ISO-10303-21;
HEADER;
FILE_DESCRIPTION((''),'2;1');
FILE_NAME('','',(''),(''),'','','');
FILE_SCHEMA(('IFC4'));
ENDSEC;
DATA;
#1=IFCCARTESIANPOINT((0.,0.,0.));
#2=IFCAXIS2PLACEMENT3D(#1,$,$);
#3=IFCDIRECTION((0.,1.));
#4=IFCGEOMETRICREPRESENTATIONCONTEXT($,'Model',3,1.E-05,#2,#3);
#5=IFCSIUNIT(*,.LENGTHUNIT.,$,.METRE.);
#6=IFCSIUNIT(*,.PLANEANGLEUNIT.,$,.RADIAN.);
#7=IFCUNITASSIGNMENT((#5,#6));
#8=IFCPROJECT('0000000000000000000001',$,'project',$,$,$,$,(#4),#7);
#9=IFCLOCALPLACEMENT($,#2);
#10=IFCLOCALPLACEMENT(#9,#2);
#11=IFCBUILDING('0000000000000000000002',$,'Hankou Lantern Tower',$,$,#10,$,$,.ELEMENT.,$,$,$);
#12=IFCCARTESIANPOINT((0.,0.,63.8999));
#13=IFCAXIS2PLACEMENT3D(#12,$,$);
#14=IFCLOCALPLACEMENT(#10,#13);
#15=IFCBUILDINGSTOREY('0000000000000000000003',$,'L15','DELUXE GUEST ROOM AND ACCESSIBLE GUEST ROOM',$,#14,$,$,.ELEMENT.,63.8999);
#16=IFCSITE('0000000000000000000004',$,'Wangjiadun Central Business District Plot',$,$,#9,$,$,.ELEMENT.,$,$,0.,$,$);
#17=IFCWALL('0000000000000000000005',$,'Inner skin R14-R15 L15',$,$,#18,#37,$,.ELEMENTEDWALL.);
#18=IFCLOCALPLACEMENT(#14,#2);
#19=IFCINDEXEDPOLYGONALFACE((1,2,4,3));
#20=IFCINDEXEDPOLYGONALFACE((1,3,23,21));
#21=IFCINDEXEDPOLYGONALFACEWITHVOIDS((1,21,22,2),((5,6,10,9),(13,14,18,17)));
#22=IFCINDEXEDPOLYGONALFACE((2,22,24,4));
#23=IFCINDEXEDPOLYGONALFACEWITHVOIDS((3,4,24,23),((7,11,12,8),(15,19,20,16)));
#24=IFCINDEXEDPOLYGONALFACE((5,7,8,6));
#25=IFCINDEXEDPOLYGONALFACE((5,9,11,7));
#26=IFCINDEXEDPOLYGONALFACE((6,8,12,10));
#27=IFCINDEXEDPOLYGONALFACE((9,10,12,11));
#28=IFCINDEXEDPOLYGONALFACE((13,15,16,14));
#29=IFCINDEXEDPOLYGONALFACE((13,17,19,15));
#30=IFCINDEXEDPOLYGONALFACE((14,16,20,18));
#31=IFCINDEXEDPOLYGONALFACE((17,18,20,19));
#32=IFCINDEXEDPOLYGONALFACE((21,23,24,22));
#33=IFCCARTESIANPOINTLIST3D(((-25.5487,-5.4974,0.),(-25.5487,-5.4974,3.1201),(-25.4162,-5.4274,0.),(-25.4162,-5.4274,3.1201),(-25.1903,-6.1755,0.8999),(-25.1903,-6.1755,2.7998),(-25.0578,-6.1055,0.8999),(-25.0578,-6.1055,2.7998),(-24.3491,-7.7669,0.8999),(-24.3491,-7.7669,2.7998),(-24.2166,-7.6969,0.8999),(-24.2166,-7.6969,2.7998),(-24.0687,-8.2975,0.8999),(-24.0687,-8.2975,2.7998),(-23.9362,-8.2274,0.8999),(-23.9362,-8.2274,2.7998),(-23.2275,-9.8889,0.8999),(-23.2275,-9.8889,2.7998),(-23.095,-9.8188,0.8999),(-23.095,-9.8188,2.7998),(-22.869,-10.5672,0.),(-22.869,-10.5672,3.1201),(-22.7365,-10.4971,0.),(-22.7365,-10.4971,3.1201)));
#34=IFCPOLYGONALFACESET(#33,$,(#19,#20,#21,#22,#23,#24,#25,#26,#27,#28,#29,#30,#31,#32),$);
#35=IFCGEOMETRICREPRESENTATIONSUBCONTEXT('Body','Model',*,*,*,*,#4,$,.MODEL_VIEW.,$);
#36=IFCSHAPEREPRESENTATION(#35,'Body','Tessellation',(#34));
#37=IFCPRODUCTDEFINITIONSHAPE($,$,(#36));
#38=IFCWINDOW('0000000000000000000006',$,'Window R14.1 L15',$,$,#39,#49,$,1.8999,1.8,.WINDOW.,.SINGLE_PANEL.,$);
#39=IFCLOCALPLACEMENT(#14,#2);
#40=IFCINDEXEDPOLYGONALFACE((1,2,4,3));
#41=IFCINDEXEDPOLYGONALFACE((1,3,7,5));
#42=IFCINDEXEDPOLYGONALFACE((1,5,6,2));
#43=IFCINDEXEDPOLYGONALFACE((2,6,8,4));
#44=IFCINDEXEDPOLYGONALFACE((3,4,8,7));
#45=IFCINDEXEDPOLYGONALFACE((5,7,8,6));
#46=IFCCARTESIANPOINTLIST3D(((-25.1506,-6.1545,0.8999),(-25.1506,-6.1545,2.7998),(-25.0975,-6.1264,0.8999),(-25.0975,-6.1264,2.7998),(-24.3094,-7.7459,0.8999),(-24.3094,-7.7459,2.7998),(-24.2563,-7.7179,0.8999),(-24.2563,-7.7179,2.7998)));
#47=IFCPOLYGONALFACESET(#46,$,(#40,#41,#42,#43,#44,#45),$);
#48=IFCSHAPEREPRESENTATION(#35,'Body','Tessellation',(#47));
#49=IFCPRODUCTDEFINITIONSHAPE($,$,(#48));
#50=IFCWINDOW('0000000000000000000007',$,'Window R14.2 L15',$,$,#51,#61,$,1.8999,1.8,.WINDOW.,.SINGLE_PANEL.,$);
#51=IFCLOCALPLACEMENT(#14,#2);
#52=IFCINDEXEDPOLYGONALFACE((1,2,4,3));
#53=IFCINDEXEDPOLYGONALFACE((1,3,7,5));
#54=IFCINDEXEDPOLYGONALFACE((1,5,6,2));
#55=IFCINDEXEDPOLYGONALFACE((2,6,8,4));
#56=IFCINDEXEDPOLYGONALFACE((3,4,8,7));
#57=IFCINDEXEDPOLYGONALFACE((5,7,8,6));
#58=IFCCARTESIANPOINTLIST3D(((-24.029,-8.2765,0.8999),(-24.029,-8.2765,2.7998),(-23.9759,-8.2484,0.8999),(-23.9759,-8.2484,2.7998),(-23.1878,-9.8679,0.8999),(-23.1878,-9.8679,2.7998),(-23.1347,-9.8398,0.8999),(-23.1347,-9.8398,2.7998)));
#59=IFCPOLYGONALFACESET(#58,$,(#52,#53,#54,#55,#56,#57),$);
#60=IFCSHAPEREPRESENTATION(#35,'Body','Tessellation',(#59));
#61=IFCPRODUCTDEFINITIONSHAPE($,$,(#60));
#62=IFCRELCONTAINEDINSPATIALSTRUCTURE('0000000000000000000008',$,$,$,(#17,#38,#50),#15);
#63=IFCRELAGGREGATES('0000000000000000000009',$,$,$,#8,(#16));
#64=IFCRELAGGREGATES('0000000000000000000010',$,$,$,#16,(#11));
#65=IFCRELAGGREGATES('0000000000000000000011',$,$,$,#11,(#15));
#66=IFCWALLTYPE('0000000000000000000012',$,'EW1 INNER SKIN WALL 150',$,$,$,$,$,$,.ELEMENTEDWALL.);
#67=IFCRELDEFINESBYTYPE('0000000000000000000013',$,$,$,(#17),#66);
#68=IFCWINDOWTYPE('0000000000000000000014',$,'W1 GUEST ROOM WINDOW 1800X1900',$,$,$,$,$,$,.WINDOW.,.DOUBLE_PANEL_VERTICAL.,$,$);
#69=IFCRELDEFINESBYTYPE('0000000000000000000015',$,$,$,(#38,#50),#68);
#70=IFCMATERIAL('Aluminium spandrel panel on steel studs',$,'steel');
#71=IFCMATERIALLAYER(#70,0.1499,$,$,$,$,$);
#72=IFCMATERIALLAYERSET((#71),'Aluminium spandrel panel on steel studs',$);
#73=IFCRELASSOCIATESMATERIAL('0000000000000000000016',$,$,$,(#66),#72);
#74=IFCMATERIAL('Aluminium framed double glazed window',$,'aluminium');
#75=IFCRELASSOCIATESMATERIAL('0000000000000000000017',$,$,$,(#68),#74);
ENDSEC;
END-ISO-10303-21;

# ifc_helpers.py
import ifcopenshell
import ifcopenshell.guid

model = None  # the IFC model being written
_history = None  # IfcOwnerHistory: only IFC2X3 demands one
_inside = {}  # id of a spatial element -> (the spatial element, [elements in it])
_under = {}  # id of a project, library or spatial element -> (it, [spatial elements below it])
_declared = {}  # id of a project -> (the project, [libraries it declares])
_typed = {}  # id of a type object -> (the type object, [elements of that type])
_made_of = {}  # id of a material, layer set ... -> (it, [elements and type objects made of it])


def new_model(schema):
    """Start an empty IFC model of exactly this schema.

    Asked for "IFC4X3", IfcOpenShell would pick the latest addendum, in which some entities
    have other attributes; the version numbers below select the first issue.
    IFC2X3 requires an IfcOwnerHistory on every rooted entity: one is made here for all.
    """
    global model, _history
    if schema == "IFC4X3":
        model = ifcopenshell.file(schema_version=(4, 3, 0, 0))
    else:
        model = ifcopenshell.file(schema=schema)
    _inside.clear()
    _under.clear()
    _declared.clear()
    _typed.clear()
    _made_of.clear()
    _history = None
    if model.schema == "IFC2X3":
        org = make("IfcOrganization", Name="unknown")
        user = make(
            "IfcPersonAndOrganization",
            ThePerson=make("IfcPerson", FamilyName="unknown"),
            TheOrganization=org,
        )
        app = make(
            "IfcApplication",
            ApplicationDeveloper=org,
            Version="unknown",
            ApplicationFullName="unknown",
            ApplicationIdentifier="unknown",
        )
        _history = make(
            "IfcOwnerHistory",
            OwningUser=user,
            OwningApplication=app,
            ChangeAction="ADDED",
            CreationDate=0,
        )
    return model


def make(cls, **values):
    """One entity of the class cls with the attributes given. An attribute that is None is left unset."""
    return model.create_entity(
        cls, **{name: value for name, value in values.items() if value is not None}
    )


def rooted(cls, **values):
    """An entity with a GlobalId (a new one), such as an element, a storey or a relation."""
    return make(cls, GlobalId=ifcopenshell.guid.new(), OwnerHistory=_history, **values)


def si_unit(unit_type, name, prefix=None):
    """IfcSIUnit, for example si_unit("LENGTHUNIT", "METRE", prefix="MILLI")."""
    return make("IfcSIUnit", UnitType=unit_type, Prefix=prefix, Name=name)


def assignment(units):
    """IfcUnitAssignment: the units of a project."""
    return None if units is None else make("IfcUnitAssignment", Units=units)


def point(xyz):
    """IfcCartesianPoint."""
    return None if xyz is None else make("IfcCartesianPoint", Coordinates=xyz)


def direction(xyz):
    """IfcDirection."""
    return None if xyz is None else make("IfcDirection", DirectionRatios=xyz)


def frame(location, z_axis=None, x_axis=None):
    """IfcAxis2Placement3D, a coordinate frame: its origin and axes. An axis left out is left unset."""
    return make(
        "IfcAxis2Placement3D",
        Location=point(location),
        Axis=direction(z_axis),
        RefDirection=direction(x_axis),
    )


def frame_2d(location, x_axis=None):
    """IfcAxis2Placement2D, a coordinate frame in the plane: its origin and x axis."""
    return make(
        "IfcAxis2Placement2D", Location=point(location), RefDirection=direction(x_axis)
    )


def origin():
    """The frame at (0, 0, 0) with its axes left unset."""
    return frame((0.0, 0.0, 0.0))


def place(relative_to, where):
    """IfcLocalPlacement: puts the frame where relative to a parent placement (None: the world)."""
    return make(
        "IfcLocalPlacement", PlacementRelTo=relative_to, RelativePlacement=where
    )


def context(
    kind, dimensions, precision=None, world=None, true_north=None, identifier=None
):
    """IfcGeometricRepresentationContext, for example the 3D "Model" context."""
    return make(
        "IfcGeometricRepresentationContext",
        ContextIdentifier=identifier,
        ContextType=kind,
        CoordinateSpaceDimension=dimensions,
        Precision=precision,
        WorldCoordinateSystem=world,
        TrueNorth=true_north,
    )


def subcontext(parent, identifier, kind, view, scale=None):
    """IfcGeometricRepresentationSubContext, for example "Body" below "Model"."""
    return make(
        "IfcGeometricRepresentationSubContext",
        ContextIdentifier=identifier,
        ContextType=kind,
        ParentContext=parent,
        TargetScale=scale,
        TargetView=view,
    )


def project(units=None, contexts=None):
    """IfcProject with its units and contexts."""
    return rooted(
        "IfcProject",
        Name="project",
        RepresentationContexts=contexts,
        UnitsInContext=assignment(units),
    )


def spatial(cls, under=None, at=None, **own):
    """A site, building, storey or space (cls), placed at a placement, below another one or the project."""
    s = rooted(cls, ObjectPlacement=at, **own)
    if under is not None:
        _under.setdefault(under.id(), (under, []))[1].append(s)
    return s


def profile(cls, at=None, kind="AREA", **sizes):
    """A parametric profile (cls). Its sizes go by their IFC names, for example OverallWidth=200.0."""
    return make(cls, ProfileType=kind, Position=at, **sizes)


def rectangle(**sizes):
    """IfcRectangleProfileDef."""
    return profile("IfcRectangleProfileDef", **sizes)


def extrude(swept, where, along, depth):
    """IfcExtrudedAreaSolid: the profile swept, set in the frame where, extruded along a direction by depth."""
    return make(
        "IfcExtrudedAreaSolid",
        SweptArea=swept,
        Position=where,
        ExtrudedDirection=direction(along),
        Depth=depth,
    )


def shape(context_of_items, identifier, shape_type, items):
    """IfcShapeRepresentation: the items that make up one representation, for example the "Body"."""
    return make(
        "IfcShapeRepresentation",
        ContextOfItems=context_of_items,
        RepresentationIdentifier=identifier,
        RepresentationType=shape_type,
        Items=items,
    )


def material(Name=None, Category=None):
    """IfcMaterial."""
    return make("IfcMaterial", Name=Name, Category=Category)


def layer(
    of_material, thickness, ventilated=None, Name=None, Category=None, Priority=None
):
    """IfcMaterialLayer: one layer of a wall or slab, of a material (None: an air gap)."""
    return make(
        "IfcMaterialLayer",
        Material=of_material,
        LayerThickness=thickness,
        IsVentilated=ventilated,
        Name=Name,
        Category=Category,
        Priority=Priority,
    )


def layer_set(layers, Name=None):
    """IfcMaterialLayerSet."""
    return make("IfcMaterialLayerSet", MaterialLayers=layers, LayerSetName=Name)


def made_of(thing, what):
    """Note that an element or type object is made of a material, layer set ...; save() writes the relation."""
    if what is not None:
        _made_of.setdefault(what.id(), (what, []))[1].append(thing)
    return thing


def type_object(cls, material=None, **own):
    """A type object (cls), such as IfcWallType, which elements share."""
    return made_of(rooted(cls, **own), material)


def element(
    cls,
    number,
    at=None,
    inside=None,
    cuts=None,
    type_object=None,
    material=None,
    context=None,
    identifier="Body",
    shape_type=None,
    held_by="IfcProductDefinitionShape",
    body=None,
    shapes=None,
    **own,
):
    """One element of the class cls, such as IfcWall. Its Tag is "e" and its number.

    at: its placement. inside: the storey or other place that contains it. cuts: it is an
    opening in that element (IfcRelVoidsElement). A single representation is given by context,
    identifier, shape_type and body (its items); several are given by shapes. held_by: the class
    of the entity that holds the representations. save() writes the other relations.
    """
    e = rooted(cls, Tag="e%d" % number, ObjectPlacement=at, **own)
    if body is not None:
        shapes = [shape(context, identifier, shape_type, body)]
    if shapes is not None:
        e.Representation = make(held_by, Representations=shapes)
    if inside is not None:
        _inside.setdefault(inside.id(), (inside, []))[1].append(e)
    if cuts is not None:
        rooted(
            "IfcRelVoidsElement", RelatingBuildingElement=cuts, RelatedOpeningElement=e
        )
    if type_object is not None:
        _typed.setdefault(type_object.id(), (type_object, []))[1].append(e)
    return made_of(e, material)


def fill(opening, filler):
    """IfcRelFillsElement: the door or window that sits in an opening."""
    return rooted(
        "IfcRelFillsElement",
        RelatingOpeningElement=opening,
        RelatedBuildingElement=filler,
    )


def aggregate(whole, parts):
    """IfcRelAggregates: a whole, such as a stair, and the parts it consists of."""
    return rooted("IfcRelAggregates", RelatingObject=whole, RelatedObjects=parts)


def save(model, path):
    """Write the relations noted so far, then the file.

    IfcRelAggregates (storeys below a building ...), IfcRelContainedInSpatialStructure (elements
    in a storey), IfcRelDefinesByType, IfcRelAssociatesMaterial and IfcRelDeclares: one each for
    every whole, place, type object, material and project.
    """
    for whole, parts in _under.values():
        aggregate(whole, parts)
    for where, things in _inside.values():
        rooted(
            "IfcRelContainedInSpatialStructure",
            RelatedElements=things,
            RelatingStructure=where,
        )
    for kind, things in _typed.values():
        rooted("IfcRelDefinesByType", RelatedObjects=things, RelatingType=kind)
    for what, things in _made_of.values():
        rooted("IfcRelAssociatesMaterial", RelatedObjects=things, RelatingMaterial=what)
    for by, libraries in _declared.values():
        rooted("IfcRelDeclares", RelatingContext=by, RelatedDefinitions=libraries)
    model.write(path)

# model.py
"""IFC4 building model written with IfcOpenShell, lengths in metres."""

from ifc_helpers import new_model, si_unit, direction, frame, frame_2d, origin, place, context, subcontext, project, spatial, rectangle, extrude, material, layer, layer_set, type_object, element, fill, save


model = new_model("IFC4")

# Units and contexts
model_context = context("Model", 3, precision=1e-05, world=origin(), true_north=direction((0.0, 1.0)))
body_context = subcontext(model_context, "Body", "Model", "MODEL_VIEW")
ifc_project = project(units=[si_unit("LENGTHUNIT", "METRE"), si_unit("PLANEANGLEUNIT", "RADIAN")], contexts=[model_context])

# Site, building, storey
site_placement = place(None, origin())
site = spatial("IfcSite", under=ifc_project, at=site_placement, Name="Wangjiadun Central Business District Plot", CompositionType="ELEMENT", RefElevation=0.0)
building_placement = place(site_placement, origin())
building = spatial("IfcBuilding", under=site, at=building_placement, Name="Hankou Lantern Tower", CompositionType="ELEMENT")
storey_placement = place(building_placement, frame((0.0, 0.0, 63.8999)))
storey = spatial("IfcBuildingStorey", under=building, at=storey_placement, Name="L15", Description="DELUXE GUEST ROOM AND ACCESSIBLE GUEST ROOM", CompositionType="ELEMENT", Elevation=63.8999)

# Wall, openings, windows
ifc_material_1 = material(Name="Aluminium spandrel panel on steel studs", Category="steel")
ifc_layer_1 = layer(ifc_material_1, 0.1499)
ifc_layer_set_1 = layer_set([ifc_layer_1], Name="Aluminium spandrel panel on steel studs")
wall_type = type_object("IfcWallType", Name="EW1 INNER SKIN WALL 150", PredefinedType="ELEMENTEDWALL", material=ifc_layer_set_1)
ifc_material_2 = material(Name="Aluminium framed double glazed window", Category="aluminium")
window_type = type_object("IfcWindowType", Name="W1 GUEST ROOM WINDOW 1800X1900", PartitioningType="DOUBLE_PANEL_VERTICAL", PredefinedType="WINDOW", material=ifc_material_2)
wall_1_placement = place(storey_placement, frame((-25.4824, -5.4624, 0.0), z_axis=(0.0, 0.0, 1.0), x_axis=(0.467297, -0.8841, 0.0)))
wall_1 = element("IfcWall", 1, at=wall_1_placement, inside=storey, type_object=wall_type, Name="Inner skin R14-R15 L15", PredefinedType="ELEMENTEDWALL", context=body_context, shape_type="SweptSolid", body=[
    extrude(rectangle(XDim=5.7344, YDim=0.1499, at=frame_2d((2.8672, 0.0))), origin(), (0.0, 0.0, 1.0), 3.1201),
])
opening_1_placement = place(wall_1_placement, frame((0.7671, 0.0, 0.8999)))
opening_1 = element("IfcOpeningElement", 2, at=opening_1_placement, cuts=wall_1, PredefinedType="OPENING", context=body_context, shape_type="SweptSolid", body=[
    extrude(rectangle(XDim=1.8, YDim=1.8999, at=frame_2d((0.8999, 0.95))), frame((0.0, 0.085, 0.0), z_axis=(0.0, -1.0, 0.0), x_axis=(1.0, 0.0, 0.0)), (0.0, 0.0, 1.0), 0.1699),
])
opening_2_placement = place(wall_1_placement, frame((3.1672, 0.0, 0.8999)))
opening_2 = element("IfcOpeningElement", 3, at=opening_2_placement, cuts=wall_1, PredefinedType="OPENING", context=body_context, shape_type="SweptSolid", body=[
    extrude(rectangle(XDim=1.8, YDim=1.8999, at=frame_2d((0.8999, 0.95))), frame((0.0, 0.085, 0.0), z_axis=(0.0, -1.0, 0.0), x_axis=(1.0, 0.0, 0.0)), (0.0, 0.0, 1.0), 0.1699),
])
window_1_placement = place(opening_1_placement, origin())
window_1 = element("IfcWindow", 4, at=window_1_placement, inside=storey, type_object=window_type, Name="Window R14.1 L15", OverallHeight=1.8999, OverallWidth=1.8, PartitioningType="SINGLE_PANEL", PredefinedType="WINDOW", context=body_context, shape_type="SweptSolid", body=[
    extrude(rectangle(XDim=1.8, YDim=1.8999, at=frame_2d((0.8999, 0.95))), frame((0.0, 0.03, 0.0), z_axis=(0.0, -1.0, 0.0), x_axis=(1.0, 0.0, 0.0)), (0.0, 0.0, 1.0), 0.0601),
])
fill(opening_1, window_1)
window_2_placement = place(opening_2_placement, origin())
window_2 = element("IfcWindow", 5, at=window_2_placement, inside=storey, type_object=window_type, Name="Window R14.2 L15", OverallHeight=1.8999, OverallWidth=1.8, PartitioningType="SINGLE_PANEL", PredefinedType="WINDOW", context=body_context, shape_type="SweptSolid", body=[
    extrude(rectangle(XDim=1.8, YDim=1.8999, at=frame_2d((0.8999, 0.95))), frame((0.0, 0.03, 0.0), z_axis=(0.0, -1.0, 0.0), x_axis=(1.0, 0.0, 0.0)), (0.0, 0.0, 1.0), 0.0601),
])
fill(opening_2, window_2)

save(model, "model.ifc")
